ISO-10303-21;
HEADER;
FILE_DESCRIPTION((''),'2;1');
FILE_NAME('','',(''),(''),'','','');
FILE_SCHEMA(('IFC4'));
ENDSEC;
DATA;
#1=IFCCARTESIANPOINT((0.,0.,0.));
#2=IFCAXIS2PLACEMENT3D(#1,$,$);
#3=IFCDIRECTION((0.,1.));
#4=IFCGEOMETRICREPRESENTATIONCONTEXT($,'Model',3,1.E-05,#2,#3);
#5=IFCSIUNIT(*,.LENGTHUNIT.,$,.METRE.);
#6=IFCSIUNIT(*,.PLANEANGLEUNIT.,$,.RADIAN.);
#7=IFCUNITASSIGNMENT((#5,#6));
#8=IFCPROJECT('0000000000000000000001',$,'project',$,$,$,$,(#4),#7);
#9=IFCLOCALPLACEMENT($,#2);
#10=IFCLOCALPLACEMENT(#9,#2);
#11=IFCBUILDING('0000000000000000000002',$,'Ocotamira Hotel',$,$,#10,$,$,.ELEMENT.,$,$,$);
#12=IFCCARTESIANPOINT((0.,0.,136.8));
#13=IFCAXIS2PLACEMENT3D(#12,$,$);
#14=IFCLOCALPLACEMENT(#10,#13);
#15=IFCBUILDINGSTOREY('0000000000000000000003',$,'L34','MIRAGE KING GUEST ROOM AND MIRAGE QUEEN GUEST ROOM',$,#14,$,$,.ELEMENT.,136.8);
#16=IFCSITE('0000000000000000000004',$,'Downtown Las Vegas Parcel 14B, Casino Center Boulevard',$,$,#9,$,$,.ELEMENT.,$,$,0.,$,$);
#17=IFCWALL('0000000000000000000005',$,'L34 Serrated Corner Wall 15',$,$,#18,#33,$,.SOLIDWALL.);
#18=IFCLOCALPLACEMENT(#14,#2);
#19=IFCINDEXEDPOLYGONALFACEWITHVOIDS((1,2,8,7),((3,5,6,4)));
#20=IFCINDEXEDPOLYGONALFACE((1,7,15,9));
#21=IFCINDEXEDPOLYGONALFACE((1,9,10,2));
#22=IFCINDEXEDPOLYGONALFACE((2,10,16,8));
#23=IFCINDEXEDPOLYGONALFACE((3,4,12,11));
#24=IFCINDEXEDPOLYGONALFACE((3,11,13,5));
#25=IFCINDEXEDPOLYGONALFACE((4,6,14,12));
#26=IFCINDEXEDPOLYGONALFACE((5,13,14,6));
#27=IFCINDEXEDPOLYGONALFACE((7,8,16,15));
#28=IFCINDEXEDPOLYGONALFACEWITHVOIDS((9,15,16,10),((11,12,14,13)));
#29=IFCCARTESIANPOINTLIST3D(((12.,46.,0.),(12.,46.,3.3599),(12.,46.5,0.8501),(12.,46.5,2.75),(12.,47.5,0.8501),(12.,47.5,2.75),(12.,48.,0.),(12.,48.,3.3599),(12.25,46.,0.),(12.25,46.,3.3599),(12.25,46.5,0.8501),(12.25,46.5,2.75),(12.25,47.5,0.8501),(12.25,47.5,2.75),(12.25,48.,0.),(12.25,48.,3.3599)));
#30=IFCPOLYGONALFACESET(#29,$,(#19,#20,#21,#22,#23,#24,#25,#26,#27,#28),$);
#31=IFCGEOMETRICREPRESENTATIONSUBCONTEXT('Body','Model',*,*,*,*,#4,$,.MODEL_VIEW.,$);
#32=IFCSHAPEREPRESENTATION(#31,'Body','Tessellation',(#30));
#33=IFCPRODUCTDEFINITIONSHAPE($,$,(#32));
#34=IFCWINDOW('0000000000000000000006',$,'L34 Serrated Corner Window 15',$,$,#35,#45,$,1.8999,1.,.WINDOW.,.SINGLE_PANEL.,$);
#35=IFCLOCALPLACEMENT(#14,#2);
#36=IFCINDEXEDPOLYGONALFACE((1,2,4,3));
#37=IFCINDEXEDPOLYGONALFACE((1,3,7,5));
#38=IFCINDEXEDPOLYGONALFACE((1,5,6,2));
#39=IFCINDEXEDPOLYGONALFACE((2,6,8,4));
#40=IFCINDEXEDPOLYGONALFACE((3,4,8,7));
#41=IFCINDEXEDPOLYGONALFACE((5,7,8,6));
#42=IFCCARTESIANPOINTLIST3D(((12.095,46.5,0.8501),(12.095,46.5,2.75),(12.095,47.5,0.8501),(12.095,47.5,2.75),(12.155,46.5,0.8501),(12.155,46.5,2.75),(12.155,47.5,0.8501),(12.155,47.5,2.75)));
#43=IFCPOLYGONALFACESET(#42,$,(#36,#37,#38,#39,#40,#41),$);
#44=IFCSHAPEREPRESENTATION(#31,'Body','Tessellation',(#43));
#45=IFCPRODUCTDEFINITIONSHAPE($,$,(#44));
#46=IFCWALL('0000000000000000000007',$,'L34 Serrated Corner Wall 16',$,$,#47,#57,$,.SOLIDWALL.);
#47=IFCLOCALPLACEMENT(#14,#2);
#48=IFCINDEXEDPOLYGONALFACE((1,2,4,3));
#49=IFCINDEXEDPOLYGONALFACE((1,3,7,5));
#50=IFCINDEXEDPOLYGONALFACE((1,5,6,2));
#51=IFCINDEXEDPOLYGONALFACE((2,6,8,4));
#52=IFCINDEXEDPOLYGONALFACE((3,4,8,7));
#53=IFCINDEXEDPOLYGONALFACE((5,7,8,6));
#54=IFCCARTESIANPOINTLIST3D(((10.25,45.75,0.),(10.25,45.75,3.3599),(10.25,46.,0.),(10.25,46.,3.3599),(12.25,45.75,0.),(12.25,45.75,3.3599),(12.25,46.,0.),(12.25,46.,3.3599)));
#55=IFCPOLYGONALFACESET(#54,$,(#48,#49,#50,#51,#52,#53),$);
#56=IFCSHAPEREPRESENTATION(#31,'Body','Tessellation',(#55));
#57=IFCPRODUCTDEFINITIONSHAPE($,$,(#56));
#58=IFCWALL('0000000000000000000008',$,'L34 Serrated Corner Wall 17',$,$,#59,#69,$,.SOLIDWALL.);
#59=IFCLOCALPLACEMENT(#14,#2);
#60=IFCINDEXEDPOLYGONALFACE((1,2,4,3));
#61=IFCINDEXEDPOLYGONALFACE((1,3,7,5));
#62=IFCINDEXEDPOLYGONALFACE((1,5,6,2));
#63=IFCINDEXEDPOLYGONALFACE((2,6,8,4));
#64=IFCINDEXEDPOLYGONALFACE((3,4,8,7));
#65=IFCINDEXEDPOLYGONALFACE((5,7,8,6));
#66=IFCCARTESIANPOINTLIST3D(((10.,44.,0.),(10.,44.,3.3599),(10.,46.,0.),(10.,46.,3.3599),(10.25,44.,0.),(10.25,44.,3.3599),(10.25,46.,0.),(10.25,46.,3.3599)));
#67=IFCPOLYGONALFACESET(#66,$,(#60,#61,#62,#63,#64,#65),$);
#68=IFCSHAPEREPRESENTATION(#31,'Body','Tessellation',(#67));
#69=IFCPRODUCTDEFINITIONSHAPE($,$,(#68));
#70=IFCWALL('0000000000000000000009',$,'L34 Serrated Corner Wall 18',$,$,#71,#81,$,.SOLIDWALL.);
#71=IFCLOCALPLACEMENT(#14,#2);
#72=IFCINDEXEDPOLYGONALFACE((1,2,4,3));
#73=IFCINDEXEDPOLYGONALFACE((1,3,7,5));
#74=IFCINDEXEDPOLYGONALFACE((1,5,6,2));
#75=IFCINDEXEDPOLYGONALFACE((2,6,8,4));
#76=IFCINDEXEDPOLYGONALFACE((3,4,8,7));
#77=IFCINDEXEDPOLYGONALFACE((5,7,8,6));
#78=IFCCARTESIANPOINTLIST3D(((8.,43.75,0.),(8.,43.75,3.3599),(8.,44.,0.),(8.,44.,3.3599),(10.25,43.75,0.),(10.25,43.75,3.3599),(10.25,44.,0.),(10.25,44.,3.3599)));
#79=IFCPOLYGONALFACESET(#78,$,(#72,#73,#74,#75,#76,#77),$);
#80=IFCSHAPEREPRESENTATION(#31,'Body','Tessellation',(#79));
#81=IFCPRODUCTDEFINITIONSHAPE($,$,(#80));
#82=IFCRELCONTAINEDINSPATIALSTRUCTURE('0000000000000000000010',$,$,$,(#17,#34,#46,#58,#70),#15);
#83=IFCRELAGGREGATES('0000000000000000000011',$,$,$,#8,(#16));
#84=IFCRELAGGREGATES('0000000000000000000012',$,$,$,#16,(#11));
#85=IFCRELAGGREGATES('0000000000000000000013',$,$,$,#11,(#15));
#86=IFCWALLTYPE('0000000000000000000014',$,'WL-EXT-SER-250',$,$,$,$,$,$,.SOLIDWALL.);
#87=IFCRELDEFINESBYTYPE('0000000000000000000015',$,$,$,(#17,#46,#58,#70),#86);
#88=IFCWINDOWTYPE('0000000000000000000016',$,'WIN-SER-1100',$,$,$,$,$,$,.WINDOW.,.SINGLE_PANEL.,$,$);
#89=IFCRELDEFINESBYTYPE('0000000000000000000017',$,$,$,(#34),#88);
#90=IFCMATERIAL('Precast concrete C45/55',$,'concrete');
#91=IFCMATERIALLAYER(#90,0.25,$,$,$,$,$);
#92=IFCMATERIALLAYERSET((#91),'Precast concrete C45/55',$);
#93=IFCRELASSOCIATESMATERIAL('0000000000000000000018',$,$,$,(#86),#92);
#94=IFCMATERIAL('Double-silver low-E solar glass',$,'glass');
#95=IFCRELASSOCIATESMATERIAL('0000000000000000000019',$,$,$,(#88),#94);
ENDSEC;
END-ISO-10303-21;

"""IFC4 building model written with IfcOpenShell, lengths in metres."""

from ifc_helpers import new_model, si_unit, direction, frame, frame_2d, origin, place, context, subcontext, project, spatial, rectangle, extrude, source, transform, mapped, material, layer, layer_set, type_object, element, fill, save


model = new_model("IFC4")

# Units and contexts
model_context = context("Model", 3, precision=1e-05, world=origin(), true_north=direction((0.0, 1.0)))
body_context = subcontext(model_context, "Body", "Model", "MODEL_VIEW")
ifc_project = project(units=[si_unit("LENGTHUNIT", "METRE"), si_unit("PLANEANGLEUNIT", "RADIAN")], contexts=[model_context])

# Site, building, storey
site_placement = place(None, origin())
site = spatial("IfcSite", under=ifc_project, at=site_placement, Name="Downtown Las Vegas Parcel 14B, Casino Center Boulevard", CompositionType="ELEMENT", RefElevation=0.0)
building_placement = place(site_placement, origin())
building = spatial("IfcBuilding", under=site, at=building_placement, Name="Ocotamira Hotel", CompositionType="ELEMENT")
storey_placement = place(building_placement, frame((0.0, 0.0, 136.8)))
storey = spatial("IfcBuildingStorey", under=building, at=storey_placement, Name="L34", Description="MIRAGE KING GUEST ROOM AND MIRAGE QUEEN GUEST ROOM", CompositionType="ELEMENT", Elevation=136.8)

# Shared definitions
ifc_material_1 = material(Name="Precast concrete C45/55", Category="concrete")
ifc_layer_1 = layer(ifc_material_1, 0.25)
ifc_layer_set_1 = layer_set([ifc_layer_1], Name="Precast concrete C45/55")
wall_type = type_object("IfcWallType", Name="WL-EXT-SER-250", PredefinedType="SOLIDWALL", material=ifc_layer_set_1)

# Wall, opening, window
wall_1_placement = place(storey_placement, frame((12.125, 48.0, 0.0), z_axis=(0.0, 0.0, 1.0), x_axis=(0.0, -1.0, 0.0)))
wall_1 = element("IfcWall", 1, at=wall_1_placement, inside=storey, type_object=wall_type, Name="L34 Serrated Corner Wall 15", PredefinedType="SOLIDWALL", context=body_context, shape_type="SweptSolid", body=[
    extrude(rectangle(XDim=2.0, YDim=0.25, at=frame_2d((1.0, 0.0))), origin(), (0.0, 0.0, 1.0), 3.3599),
])
opening_placement = place(wall_1_placement, frame((0.5, 0.0, 0.8501)))
opening = element("IfcOpeningElement", 2, at=opening_placement, cuts=wall_1, PredefinedType="OPENING", context=body_context, shape_type="SweptSolid", body=[
    extrude(rectangle(XDim=1.0, YDim=1.8999, at=frame_2d((0.5, 0.95))), frame((0.0, 0.135, 0.0), z_axis=(0.0, -1.0, 0.0), x_axis=(1.0, 0.0, 0.0)), (0.0, 0.0, 1.0), 0.27),
])
ifc_material_2 = material(Name="Double-silver low-E solar glass", Category="glass")
window_type = type_object("IfcWindowType", Name="WIN-SER-1100", PartitioningType="SINGLE_PANEL", PredefinedType="WINDOW", material=ifc_material_2)
shared_shape_1 = source(origin(), body_context, "Body", "SweptSolid", [
    extrude(rectangle(XDim=1.0, YDim=1.8999, at=frame_2d((0.5, 0.95))), frame((0.0, 0.03, 0.0), z_axis=(0.0, -1.0, 0.0), x_axis=(1.0, 0.0, 0.0)), (0.0, 0.0, 1.0), 0.0601),
])
window_placement = place(opening_placement, origin())
window = element("IfcWindow", 3, at=window_placement, inside=storey, type_object=window_type, Name="L34 Serrated Corner Window 15", OverallHeight=1.8999, OverallWidth=1.0, PartitioningType="SINGLE_PANEL", PredefinedType="WINDOW", context=body_context, shape_type="MappedRepresentation", body=[
    mapped(shared_shape_1, transform((0.0, 0.0, 0.0), scale=1.0)),
])
fill(opening, window)

# Walls
for number, where, z_axis, x_axis, name in (
    (4, (12.25, 45.875, 0.0), (0.0, 0.0, 1.0), (-1.0, 0.0, 0.0), "L34 Serrated Corner Wall 16"),
    (5, (10.125, 46.0, 0.0), (0.0, 0.0, 1.0), (0.0, -1.0, 0.0), "L34 Serrated Corner Wall 17"),
):
    element("IfcWall", number, at=place(storey_placement, frame(where, z_axis=z_axis, x_axis=x_axis)), inside=storey, type_object=wall_type, Name=name, PredefinedType="SOLIDWALL", context=body_context, shape_type="SweptSolid", body=[
        extrude(rectangle(XDim=2.0, YDim=0.25, at=frame_2d((1.0, 0.0))), origin(), (0.0, 0.0, 1.0), 3.3599),
    ])
wall_2_placement = place(storey_placement, frame((10.25, 43.875, 0.0), z_axis=(0.0, 0.0, 1.0), x_axis=(-1.0, 0.0, 0.0)))
element("IfcWall", 6, at=wall_2_placement, inside=storey, type_object=wall_type, Name="L34 Serrated Corner Wall 18", PredefinedType="SOLIDWALL", context=body_context, shape_type="SweptSolid", body=[
    extrude(rectangle(XDim=2.25, YDim=0.25, at=frame_2d((1.125, 0.0))), origin(), (0.0, 0.0, 1.0), 3.3599),
])

save(model, "model.ifc")
